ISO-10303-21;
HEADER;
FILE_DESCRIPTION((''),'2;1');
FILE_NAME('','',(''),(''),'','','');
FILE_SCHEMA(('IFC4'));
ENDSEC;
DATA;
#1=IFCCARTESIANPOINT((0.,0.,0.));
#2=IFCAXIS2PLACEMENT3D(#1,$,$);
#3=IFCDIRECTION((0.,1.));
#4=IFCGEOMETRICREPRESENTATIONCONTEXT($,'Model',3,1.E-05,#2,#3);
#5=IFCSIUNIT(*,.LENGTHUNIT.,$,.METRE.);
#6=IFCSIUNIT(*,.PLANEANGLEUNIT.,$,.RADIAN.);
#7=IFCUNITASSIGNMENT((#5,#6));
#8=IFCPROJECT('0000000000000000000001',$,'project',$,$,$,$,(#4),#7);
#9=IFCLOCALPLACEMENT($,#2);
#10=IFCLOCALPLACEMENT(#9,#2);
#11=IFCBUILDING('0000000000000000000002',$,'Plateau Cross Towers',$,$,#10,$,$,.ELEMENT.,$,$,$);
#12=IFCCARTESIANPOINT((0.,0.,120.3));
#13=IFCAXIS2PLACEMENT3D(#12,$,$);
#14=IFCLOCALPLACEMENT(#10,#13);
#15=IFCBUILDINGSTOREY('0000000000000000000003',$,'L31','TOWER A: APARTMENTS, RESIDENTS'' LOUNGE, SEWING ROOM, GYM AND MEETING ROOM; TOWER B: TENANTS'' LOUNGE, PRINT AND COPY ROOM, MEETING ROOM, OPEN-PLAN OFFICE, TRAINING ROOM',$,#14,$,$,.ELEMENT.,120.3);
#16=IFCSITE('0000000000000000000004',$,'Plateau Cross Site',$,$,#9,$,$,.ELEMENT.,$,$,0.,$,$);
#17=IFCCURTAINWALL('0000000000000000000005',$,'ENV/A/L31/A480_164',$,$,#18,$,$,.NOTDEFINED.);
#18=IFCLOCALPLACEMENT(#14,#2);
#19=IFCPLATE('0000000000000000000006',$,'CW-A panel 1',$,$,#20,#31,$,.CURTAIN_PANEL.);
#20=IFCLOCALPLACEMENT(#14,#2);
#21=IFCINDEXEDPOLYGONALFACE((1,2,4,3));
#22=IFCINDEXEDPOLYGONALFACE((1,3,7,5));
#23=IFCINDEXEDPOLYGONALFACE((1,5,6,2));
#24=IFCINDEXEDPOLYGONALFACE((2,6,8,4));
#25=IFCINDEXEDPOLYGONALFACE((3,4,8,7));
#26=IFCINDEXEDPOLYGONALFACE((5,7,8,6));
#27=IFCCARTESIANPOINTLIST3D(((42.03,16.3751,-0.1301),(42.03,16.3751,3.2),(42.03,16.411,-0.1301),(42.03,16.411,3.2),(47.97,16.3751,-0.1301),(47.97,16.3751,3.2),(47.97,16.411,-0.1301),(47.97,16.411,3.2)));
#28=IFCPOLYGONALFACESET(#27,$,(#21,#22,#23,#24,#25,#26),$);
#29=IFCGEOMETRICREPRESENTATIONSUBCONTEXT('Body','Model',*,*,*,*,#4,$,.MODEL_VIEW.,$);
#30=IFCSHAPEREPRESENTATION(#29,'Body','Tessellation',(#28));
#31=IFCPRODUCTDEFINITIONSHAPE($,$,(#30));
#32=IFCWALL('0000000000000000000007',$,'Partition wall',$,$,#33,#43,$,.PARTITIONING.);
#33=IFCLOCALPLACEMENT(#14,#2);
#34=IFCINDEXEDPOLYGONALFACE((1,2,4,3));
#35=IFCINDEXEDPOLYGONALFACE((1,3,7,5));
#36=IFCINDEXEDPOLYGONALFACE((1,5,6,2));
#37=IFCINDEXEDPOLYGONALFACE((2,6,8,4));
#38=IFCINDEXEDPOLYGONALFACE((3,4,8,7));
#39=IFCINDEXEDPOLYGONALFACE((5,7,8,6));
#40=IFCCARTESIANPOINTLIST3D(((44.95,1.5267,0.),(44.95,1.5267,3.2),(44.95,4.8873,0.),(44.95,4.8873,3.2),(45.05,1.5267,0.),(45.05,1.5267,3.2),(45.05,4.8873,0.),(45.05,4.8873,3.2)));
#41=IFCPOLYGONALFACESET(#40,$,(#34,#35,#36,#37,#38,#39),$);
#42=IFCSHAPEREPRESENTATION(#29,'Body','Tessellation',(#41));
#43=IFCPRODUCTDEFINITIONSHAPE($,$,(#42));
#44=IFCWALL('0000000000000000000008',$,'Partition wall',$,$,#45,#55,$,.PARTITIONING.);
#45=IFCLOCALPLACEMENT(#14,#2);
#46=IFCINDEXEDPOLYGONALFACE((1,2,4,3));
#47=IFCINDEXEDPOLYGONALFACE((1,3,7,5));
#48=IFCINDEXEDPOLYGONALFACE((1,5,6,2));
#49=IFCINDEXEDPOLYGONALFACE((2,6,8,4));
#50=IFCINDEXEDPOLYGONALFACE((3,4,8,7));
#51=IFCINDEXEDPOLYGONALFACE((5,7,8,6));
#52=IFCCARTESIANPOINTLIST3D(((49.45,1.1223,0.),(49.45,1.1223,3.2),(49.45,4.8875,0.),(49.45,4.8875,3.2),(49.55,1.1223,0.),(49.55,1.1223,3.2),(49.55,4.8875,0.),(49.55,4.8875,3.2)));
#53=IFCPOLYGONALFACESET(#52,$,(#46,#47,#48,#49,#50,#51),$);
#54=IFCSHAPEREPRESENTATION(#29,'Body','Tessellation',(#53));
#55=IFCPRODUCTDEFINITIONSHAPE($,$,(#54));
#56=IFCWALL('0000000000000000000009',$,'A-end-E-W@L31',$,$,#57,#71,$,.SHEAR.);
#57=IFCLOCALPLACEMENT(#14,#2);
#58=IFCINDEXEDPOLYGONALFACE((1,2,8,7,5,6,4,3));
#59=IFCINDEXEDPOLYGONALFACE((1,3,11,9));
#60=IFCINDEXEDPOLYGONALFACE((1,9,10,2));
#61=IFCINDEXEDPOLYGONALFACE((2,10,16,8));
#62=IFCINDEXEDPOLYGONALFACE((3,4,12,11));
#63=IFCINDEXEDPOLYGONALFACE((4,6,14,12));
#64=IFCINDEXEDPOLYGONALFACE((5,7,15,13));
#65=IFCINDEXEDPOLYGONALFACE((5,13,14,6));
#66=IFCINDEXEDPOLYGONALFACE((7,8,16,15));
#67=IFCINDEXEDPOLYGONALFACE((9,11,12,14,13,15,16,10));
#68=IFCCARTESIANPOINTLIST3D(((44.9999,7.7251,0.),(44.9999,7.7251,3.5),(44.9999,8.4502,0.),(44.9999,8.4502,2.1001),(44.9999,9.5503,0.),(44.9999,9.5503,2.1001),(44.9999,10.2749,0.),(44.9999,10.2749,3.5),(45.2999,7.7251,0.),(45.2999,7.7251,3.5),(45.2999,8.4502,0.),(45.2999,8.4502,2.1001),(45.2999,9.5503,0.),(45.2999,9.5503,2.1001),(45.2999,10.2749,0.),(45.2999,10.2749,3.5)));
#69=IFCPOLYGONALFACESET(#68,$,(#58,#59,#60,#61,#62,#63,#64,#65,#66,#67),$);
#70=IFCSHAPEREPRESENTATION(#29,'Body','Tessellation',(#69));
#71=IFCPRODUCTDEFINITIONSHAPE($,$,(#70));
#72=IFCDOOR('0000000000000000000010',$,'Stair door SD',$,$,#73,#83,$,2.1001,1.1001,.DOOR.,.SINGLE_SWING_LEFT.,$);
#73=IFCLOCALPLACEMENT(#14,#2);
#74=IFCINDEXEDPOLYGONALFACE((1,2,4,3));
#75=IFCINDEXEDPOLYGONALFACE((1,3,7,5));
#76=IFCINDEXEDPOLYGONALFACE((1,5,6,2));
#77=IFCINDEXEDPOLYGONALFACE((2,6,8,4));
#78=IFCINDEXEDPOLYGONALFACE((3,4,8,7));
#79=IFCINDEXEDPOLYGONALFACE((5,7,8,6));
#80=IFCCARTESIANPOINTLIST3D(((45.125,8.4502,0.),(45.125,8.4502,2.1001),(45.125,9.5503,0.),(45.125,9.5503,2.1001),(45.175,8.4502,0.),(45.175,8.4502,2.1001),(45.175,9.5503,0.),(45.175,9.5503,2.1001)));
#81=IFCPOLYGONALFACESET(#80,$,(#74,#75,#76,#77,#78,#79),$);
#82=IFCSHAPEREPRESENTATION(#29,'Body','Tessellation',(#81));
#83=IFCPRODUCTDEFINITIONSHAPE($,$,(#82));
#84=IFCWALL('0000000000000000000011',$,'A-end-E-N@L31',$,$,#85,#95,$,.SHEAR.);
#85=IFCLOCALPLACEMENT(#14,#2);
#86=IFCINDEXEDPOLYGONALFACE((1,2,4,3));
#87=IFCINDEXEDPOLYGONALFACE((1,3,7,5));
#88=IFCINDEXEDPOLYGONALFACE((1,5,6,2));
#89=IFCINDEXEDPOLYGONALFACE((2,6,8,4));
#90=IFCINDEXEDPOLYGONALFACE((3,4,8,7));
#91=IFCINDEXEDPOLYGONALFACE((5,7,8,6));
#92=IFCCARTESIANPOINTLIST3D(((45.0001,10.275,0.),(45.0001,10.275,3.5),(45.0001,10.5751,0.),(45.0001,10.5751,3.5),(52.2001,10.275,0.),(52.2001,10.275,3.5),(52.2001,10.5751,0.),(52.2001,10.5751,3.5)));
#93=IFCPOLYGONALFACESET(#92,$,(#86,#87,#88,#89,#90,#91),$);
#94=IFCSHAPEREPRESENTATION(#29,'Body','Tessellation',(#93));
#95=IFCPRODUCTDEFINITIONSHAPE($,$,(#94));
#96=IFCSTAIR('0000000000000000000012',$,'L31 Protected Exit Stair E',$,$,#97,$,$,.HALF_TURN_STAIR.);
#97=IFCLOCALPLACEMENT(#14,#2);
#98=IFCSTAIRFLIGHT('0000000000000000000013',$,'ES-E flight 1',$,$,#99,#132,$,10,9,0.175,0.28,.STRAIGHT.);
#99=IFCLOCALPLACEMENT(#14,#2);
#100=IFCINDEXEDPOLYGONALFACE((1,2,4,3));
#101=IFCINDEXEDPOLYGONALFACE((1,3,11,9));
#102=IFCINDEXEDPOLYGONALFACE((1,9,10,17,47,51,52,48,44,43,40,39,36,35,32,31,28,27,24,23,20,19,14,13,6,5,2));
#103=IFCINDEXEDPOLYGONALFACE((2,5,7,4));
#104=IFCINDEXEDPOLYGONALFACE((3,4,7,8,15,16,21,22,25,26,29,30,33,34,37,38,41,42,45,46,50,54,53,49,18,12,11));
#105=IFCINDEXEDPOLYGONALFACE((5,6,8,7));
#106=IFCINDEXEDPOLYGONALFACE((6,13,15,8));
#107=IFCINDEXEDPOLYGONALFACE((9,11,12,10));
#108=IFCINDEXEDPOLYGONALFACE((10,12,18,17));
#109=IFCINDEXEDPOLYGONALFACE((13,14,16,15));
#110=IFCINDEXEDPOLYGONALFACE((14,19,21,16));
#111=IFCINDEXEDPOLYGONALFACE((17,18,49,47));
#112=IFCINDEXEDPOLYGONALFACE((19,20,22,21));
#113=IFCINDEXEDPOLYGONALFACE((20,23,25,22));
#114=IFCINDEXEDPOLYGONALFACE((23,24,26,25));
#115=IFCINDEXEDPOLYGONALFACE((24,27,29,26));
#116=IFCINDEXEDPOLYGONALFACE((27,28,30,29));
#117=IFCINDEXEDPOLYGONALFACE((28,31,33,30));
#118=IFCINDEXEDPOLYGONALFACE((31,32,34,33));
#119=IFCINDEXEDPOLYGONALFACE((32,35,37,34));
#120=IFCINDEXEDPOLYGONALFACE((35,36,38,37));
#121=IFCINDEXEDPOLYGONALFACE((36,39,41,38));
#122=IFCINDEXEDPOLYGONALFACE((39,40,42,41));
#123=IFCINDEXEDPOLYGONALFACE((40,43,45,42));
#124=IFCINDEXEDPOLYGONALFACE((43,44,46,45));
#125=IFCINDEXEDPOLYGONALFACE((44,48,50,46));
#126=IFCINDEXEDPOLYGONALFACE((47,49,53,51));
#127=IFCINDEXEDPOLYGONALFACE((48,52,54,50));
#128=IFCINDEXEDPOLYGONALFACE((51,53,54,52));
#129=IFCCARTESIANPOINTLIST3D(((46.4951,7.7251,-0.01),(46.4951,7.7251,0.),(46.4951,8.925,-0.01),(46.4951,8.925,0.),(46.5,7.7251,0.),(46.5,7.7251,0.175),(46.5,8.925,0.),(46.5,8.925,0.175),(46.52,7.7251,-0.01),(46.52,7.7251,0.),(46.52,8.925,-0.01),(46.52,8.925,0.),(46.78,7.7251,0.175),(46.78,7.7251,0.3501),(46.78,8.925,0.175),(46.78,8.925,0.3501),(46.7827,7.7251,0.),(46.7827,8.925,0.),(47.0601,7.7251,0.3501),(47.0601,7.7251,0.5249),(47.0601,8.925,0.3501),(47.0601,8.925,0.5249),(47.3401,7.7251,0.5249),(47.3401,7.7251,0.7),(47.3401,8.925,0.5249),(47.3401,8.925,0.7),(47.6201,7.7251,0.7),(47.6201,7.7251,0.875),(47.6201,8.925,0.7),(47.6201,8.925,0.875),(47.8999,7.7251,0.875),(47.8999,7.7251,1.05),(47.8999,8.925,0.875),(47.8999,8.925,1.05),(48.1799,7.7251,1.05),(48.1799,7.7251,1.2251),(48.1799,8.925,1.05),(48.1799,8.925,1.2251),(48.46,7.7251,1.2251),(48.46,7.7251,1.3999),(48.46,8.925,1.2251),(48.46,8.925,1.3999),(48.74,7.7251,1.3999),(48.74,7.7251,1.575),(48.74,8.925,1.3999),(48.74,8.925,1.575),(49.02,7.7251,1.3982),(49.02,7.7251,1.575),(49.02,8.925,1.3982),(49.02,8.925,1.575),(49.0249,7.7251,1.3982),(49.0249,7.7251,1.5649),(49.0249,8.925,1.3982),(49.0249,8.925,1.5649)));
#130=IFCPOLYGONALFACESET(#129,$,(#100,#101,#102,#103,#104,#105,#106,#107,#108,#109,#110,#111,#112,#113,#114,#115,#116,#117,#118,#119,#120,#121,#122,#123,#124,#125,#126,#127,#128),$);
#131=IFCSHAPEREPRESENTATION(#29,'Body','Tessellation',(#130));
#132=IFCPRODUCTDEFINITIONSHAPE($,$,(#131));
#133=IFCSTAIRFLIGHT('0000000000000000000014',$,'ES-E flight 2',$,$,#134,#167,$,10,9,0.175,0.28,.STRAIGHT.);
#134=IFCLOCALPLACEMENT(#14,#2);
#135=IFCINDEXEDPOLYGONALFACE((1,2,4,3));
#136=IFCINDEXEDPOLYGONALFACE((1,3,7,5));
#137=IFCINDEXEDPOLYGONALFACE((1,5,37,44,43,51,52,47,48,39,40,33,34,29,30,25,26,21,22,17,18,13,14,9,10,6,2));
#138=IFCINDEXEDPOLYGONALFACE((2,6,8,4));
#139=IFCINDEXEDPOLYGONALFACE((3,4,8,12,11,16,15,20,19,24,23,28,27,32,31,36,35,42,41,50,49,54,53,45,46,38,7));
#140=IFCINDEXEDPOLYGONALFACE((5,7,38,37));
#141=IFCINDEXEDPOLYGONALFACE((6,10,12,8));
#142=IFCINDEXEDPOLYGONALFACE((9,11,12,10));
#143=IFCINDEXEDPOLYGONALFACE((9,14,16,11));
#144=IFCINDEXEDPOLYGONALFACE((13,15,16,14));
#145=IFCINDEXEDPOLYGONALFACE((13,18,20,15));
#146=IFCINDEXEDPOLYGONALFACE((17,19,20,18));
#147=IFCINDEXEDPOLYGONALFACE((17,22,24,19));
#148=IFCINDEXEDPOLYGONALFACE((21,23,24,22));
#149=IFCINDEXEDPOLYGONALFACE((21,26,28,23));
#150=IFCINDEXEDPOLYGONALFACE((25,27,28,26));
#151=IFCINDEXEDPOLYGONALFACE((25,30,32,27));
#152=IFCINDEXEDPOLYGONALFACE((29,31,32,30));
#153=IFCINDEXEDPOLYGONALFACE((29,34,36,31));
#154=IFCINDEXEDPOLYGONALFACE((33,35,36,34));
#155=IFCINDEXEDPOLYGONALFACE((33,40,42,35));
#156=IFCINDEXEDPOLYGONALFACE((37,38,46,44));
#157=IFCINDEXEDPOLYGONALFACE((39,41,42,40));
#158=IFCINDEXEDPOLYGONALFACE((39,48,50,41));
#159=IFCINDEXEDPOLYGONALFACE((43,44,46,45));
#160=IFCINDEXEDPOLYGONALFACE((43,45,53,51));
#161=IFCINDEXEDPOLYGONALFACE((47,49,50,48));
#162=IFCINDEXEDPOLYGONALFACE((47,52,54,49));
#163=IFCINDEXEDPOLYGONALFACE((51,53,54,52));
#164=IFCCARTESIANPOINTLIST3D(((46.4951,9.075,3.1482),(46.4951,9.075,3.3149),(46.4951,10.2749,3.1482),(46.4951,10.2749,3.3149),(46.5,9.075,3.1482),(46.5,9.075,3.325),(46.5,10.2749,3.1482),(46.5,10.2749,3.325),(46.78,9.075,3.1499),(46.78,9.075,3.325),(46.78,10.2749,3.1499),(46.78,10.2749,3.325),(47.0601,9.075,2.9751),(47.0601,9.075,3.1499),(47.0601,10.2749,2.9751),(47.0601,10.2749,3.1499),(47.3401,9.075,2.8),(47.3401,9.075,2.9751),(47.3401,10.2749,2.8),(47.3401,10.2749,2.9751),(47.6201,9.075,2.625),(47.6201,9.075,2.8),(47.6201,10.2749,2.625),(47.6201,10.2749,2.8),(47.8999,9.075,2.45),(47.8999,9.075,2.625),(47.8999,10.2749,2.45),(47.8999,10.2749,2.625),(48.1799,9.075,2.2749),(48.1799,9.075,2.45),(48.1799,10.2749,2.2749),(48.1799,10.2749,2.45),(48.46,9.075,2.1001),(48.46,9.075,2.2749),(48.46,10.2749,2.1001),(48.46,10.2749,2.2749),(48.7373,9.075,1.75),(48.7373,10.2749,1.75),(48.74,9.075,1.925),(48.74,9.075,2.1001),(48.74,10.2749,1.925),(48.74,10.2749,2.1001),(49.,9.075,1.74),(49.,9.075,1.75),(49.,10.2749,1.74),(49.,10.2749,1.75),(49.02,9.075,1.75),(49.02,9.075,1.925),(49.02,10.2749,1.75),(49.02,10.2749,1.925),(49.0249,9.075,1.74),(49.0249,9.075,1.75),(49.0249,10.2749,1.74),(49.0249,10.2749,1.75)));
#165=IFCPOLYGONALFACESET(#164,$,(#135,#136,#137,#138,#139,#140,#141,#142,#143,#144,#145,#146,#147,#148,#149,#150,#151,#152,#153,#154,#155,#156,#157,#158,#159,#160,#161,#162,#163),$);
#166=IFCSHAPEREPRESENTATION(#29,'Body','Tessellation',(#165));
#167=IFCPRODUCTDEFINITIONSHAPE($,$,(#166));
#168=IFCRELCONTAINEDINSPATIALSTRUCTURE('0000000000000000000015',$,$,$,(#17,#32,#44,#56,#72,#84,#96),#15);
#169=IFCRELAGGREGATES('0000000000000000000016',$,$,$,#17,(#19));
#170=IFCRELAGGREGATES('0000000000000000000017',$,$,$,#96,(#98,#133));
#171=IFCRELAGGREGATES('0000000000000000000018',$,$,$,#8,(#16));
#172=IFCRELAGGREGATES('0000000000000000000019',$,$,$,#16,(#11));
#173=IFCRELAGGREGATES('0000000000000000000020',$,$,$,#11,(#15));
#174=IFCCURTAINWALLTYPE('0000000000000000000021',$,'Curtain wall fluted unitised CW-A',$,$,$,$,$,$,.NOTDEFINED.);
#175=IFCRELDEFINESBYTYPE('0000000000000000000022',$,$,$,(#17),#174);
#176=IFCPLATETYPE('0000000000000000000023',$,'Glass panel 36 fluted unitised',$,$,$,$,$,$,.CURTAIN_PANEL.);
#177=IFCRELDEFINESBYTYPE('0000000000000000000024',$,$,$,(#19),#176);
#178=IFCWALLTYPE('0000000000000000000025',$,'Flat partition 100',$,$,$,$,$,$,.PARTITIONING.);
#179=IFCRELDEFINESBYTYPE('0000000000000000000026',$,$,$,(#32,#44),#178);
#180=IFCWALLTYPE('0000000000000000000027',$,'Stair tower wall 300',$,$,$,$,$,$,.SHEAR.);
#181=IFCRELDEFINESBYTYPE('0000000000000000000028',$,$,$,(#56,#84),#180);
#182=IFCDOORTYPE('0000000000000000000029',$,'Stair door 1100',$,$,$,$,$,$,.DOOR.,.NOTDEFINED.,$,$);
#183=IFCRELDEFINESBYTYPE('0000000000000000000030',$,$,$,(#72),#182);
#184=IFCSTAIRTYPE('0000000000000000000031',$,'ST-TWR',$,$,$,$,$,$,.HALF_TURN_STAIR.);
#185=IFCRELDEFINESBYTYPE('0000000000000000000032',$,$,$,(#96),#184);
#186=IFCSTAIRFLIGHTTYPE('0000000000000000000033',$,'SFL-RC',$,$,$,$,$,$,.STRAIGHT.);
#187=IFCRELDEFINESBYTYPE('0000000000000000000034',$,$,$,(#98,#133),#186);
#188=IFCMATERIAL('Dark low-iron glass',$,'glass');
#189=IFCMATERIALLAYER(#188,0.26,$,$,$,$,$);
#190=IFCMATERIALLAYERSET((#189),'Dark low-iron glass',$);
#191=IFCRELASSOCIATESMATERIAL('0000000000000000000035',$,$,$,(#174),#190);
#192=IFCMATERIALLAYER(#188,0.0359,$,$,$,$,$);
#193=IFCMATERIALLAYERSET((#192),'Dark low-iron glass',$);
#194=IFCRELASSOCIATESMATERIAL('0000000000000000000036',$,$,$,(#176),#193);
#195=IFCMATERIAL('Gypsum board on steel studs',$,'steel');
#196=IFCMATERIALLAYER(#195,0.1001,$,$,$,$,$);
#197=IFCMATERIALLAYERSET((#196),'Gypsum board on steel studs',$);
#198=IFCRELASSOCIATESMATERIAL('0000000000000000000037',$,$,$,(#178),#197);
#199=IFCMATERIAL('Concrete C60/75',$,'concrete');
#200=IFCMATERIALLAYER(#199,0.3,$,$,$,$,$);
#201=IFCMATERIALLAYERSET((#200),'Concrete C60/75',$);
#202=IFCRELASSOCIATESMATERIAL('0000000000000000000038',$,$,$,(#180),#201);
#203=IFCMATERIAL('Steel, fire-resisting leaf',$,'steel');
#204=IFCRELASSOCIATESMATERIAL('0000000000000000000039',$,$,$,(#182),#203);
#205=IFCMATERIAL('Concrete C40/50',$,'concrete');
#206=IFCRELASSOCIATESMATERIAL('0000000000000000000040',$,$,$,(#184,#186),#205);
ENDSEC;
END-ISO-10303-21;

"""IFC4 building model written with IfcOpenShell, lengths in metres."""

from ifc_helpers import new_model, si_unit, direction, frame, frame_2d, origin, origin_2d, place, context, subcontext, project, spatial, polyline, rectangle, outline, extrude, material, layer, layer_set, type_object, element, fill, aggregate, save


model = new_model("IFC4")

# Units and contexts
model_context = context("Model", 3, precision=1e-05, world=origin(), true_north=direction((0.0, 1.0)))
body_context = subcontext(model_context, "Body", "Model", "MODEL_VIEW")
ifc_project = project(units=[si_unit("LENGTHUNIT", "METRE"), si_unit("PLANEANGLEUNIT", "RADIAN")], contexts=[model_context])

# Site, building, storey
site_placement = place(None, origin())
site = spatial("IfcSite", under=ifc_project, at=site_placement, Name="Plateau Cross Site", CompositionType="ELEMENT", RefElevation=0.0)
building_placement = place(site_placement, origin())
building = spatial("IfcBuilding", under=site, at=building_placement, Name="Plateau Cross Towers", CompositionType="ELEMENT")
storey_placement = place(building_placement, frame((0.0, 0.0, 120.3)))
storey = spatial("IfcBuildingStorey", under=building, at=storey_placement, Name="L31", Description="TOWER A: APARTMENTS, RESIDENTS' LOUNGE, SEWING ROOM, GYM AND MEETING ROOM; TOWER B: TENANTS' LOUNGE, PRINT AND COPY ROOM, MEETING ROOM, OPEN-PLAN OFFICE, TRAINING ROOM", CompositionType="ELEMENT", Elevation=120.3)

# Curtain wall
ifc_material_1 = material(Name="Dark low-iron glass", Category="glass")
ifc_layer_1 = layer(ifc_material_1, 0.26)
ifc_layer_set_1 = layer_set([ifc_layer_1], Name="Dark low-iron glass")
curtain_wall_type_1 = type_object("IfcCurtainWallType", Name="Curtain wall fluted unitised CW-A", PredefinedType="NOTDEFINED", material=ifc_layer_set_1)
curtain_wall_1_placement = place(storey_placement, origin())
curtain_wall_1 = element("IfcCurtainWall", 1, at=curtain_wall_1_placement, inside=storey, type_object=curtain_wall_type_1, Name="ENV/A/L31/A480_164", PredefinedType="NOTDEFINED")

# Shared definitions
ifc_layer_2 = layer(ifc_material_1, 0.0359)
ifc_layer_set_2 = layer_set([ifc_layer_2], Name="Dark low-iron glass")
plate_type_1 = type_object("IfcPlateType", Name="Glass panel 36 fluted unitised", PredefinedType="CURTAIN_PANEL", material=ifc_layer_set_2)

# Plate
plate_1_placement = place(storey_placement, frame((45.0, 16.3931, -0.1301), z_axis=(0.0, 0.0, 1.0), x_axis=(-1.0, 0.0, 0.0)))
plate_1 = element("IfcPlate", 2, at=plate_1_placement, type_object=plate_type_1, Name="CW-A panel 1", PredefinedType="CURTAIN_PANEL", context=body_context, shape_type="SweptSolid", body=[
    extrude(rectangle(XDim=5.9399, YDim=0.0359, at=origin_2d()), origin(), (0.0, 0.0, 1.0), 3.3301),
])
aggregate(curtain_wall_1, [plate_1])

# Walls
ifc_material_2 = material(Name="Gypsum board on steel studs", Category="steel")
ifc_layer_3 = layer(ifc_material_2, 0.1001)
ifc_layer_set_3 = layer_set([ifc_layer_3], Name="Gypsum board on steel studs")
wall_type_1 = type_object("IfcWallType", Name="Flat partition 100", PredefinedType="PARTITIONING", material=ifc_layer_set_3)
wall_1_placement = place(storey_placement, frame((45.0, 1.5269, 0.0), z_axis=(0.0, 0.0, 1.0), x_axis=(0.0, 1.0, 0.0)))
element("IfcWall", 3, at=wall_1_placement, inside=storey, type_object=wall_type_1, Name="Partition wall", PredefinedType="PARTITIONING", context=body_context, shape_type="SweptSolid", body=[
    extrude(rectangle(XDim=3.3606, YDim=0.1001, at=frame_2d((1.6802, 0.0))), origin(), (0.0, 0.0, 1.0), 3.2),
])
wall_2_placement = place(storey_placement, frame((49.5, 1.1223, 0.0), z_axis=(0.0, 0.0, 1.0), x_axis=(0.0, 1.0, 0.0)))
element("IfcWall", 4, at=wall_2_placement, inside=storey, type_object=wall_type_1, Name="Partition wall", PredefinedType="PARTITIONING", context=body_context, shape_type="SweptSolid", body=[
    extrude(rectangle(XDim=3.7651, YDim=0.1001, at=frame_2d((1.8826, 0.0))), origin(), (0.0, 0.0, 1.0), 3.2),
])

# Wall, opening, door
ifc_material_3 = material(Name="Concrete C60/75", Category="concrete")
ifc_layer_4 = layer(ifc_material_3, 0.3)
ifc_layer_set_4 = layer_set([ifc_layer_4], Name="Concrete C60/75")
wall_type_2 = type_object("IfcWallType", Name="Stair tower wall 300", PredefinedType="SHEAR", material=ifc_layer_set_4)
wall_3_placement = place(storey_placement, frame((45.1499, 7.7251, 0.0), z_axis=(0.0, 0.0, 1.0), x_axis=(0.0, 1.0, 0.0)))
wall_3 = element("IfcWall", 5, at=wall_3_placement, inside=storey, type_object=wall_type_2, Name="A-end-E-W@L31", PredefinedType="SHEAR", context=body_context, shape_type="SweptSolid", body=[
    extrude(rectangle(XDim=2.5498, YDim=0.3, at=frame_2d((1.2749, 0.0))), origin(), (0.0, 0.0, 1.0), 3.5),
])
opening_placement = place(wall_3_placement, frame((0.7251, 0.0, 0.0)))
opening = element("IfcOpeningElement", 6, at=opening_placement, cuts=wall_3, PredefinedType="OPENING", context=body_context, shape_type="SweptSolid", body=[
    extrude(rectangle(XDim=1.1001, YDim=2.1001, at=frame_2d((0.55, 1.05))), frame((0.0, 0.1599, 0.0), z_axis=(0.0, -1.0, 0.0), x_axis=(1.0, 0.0, 0.0)), (0.0, 0.0, 1.0), 0.3201),
])
ifc_material_4 = material(Name="Steel, fire-resisting leaf", Category="steel")
door_type = type_object("IfcDoorType", Name="Stair door 1100", OperationType="NOTDEFINED", PredefinedType="DOOR", material=ifc_material_4)
door_placement = place(opening_placement, origin())
door = element("IfcDoor", 7, at=door_placement, inside=storey, type_object=door_type, Name="Stair door SD", OperationType="SINGLE_SWING_LEFT", OverallHeight=2.1001, OverallWidth=1.1001, PredefinedType="DOOR", context=body_context, shape_type="SweptSolid", body=[
    extrude(rectangle(XDim=1.1001, YDim=2.1001, at=frame_2d((0.55, 1.05))), frame((0.0, 0.0249, 0.0), z_axis=(0.0, -1.0, 0.0), x_axis=(1.0, 0.0, 0.0)), (0.0, 0.0, 1.0), 0.05),
])
fill(opening, door)

# Wall
wall_4_placement = place(storey_placement, frame((45.0, 10.425, 0.0), z_axis=(0.0, 0.0, 1.0), x_axis=(1.0, 0.0, 0.0)))
element("IfcWall", 8, at=wall_4_placement, inside=storey, type_object=wall_type_2, Name="A-end-E-N@L31", PredefinedType="SHEAR", context=body_context, shape_type="SweptSolid", body=[
    extrude(rectangle(XDim=7.2, YDim=0.3, at=frame_2d((3.6001, 0.0))), origin(), (0.0, 0.0, 1.0), 3.5),
])

# Stair, stair flights
ifc_material_5 = material(Name="Concrete C40/50", Category="concrete")
stair_type = type_object("IfcStairType", Name="ST-TWR", PredefinedType="HALF_TURN_STAIR", material=ifc_material_5)
stair_placement = place(storey_placement, origin())
stair = element("IfcStair", 9, at=stair_placement, inside=storey, type_object=stair_type, Name="L31 Protected Exit Stair E", PredefinedType="HALF_TURN_STAIR")
stair_flight_type = type_object("IfcStairFlightType", Name="SFL-RC", PredefinedType="STRAIGHT", material=ifc_material_5)
stair_flight_1_placement = place(storey_placement, frame((46.5, 8.325, 0.0), z_axis=(0.0, 0.0, 1.0), x_axis=(1.0, 0.0, 0.0)))
stair_flight_1 = element("IfcStairFlight", 10, at=stair_flight_1_placement, type_object=stair_flight_type, Name="ES-E flight 1", NumberOfRisers=10, NumberOfTreads=9, PredefinedType="STRAIGHT", RiserHeight=0.175, TreadLength=0.28, context=body_context, shape_type="SweptSolid", body=[
    extrude(outline(polyline([(-0.0049, -0.01), (-0.0049, 0.0), (0.0, 0.0), (0.0, 0.175), (0.28, 0.175), (0.28, 0.3501), (0.5601, 0.3501), (0.5601, 0.5249), (0.8401, 0.5249), (0.8401, 0.7), (1.1201, 0.7), (1.1201, 0.875), (1.3999, 0.875), (1.3999, 1.05), (1.6799, 1.05), (1.6799, 1.2251), (1.96, 1.2251), (1.96, 1.3999), (2.24, 1.3999), (2.24, 1.575), (2.52, 1.575), (2.5249, 1.5649), (2.5249, 1.3982), (2.52, 1.3982), (0.2827, 0.0), (0.02, 0.0), (0.02, -0.01), (-0.0049, -0.01)])), frame((0.0, 0.6001, 0.0), z_axis=(0.0, -1.0, 0.0), x_axis=(1.0, 0.0, 0.0)), (0.0, 0.0, 1.0), 1.2),
])
stair_flight_2_placement = place(storey_placement, frame((49.02, 9.675, 1.75), z_axis=(0.0, 0.0, 1.0), x_axis=(-1.0, 0.0, 0.0)))
stair_flight_2 = element("IfcStairFlight", 11, at=stair_flight_2_placement, type_object=stair_flight_type, Name="ES-E flight 2", NumberOfRisers=10, NumberOfTreads=9, PredefinedType="STRAIGHT", RiserHeight=0.175, TreadLength=0.28, context=body_context, shape_type="SweptSolid", body=[
    extrude(outline(polyline([(-0.0049, -0.01), (-0.0049, 0.0), (0.0, 0.0), (0.0, 0.175), (0.28, 0.175), (0.28, 0.3501), (0.5601, 0.3501), (0.5601, 0.5249), (0.8401, 0.5249), (0.8401, 0.7), (1.1201, 0.7), (1.1201, 0.875), (1.3999, 0.875), (1.3999, 1.05), (1.6799, 1.05), (1.6799, 1.2251), (1.96, 1.2251), (1.96, 1.3999), (2.24, 1.3999), (2.24, 1.575), (2.52, 1.575), (2.5249, 1.5649), (2.5249, 1.3982), (2.52, 1.3982), (0.2827, 0.0), (0.02, 0.0), (0.02, -0.01), (-0.0049, -0.01)])), frame((0.0, 0.6001, 0.0), z_axis=(0.0, -1.0, 0.0), x_axis=(1.0, 0.0, 0.0)), (0.0, 0.0, 1.0), 1.2),
])
aggregate(stair, [stair_flight_1, stair_flight_2])

save(model, "model.ifc")
